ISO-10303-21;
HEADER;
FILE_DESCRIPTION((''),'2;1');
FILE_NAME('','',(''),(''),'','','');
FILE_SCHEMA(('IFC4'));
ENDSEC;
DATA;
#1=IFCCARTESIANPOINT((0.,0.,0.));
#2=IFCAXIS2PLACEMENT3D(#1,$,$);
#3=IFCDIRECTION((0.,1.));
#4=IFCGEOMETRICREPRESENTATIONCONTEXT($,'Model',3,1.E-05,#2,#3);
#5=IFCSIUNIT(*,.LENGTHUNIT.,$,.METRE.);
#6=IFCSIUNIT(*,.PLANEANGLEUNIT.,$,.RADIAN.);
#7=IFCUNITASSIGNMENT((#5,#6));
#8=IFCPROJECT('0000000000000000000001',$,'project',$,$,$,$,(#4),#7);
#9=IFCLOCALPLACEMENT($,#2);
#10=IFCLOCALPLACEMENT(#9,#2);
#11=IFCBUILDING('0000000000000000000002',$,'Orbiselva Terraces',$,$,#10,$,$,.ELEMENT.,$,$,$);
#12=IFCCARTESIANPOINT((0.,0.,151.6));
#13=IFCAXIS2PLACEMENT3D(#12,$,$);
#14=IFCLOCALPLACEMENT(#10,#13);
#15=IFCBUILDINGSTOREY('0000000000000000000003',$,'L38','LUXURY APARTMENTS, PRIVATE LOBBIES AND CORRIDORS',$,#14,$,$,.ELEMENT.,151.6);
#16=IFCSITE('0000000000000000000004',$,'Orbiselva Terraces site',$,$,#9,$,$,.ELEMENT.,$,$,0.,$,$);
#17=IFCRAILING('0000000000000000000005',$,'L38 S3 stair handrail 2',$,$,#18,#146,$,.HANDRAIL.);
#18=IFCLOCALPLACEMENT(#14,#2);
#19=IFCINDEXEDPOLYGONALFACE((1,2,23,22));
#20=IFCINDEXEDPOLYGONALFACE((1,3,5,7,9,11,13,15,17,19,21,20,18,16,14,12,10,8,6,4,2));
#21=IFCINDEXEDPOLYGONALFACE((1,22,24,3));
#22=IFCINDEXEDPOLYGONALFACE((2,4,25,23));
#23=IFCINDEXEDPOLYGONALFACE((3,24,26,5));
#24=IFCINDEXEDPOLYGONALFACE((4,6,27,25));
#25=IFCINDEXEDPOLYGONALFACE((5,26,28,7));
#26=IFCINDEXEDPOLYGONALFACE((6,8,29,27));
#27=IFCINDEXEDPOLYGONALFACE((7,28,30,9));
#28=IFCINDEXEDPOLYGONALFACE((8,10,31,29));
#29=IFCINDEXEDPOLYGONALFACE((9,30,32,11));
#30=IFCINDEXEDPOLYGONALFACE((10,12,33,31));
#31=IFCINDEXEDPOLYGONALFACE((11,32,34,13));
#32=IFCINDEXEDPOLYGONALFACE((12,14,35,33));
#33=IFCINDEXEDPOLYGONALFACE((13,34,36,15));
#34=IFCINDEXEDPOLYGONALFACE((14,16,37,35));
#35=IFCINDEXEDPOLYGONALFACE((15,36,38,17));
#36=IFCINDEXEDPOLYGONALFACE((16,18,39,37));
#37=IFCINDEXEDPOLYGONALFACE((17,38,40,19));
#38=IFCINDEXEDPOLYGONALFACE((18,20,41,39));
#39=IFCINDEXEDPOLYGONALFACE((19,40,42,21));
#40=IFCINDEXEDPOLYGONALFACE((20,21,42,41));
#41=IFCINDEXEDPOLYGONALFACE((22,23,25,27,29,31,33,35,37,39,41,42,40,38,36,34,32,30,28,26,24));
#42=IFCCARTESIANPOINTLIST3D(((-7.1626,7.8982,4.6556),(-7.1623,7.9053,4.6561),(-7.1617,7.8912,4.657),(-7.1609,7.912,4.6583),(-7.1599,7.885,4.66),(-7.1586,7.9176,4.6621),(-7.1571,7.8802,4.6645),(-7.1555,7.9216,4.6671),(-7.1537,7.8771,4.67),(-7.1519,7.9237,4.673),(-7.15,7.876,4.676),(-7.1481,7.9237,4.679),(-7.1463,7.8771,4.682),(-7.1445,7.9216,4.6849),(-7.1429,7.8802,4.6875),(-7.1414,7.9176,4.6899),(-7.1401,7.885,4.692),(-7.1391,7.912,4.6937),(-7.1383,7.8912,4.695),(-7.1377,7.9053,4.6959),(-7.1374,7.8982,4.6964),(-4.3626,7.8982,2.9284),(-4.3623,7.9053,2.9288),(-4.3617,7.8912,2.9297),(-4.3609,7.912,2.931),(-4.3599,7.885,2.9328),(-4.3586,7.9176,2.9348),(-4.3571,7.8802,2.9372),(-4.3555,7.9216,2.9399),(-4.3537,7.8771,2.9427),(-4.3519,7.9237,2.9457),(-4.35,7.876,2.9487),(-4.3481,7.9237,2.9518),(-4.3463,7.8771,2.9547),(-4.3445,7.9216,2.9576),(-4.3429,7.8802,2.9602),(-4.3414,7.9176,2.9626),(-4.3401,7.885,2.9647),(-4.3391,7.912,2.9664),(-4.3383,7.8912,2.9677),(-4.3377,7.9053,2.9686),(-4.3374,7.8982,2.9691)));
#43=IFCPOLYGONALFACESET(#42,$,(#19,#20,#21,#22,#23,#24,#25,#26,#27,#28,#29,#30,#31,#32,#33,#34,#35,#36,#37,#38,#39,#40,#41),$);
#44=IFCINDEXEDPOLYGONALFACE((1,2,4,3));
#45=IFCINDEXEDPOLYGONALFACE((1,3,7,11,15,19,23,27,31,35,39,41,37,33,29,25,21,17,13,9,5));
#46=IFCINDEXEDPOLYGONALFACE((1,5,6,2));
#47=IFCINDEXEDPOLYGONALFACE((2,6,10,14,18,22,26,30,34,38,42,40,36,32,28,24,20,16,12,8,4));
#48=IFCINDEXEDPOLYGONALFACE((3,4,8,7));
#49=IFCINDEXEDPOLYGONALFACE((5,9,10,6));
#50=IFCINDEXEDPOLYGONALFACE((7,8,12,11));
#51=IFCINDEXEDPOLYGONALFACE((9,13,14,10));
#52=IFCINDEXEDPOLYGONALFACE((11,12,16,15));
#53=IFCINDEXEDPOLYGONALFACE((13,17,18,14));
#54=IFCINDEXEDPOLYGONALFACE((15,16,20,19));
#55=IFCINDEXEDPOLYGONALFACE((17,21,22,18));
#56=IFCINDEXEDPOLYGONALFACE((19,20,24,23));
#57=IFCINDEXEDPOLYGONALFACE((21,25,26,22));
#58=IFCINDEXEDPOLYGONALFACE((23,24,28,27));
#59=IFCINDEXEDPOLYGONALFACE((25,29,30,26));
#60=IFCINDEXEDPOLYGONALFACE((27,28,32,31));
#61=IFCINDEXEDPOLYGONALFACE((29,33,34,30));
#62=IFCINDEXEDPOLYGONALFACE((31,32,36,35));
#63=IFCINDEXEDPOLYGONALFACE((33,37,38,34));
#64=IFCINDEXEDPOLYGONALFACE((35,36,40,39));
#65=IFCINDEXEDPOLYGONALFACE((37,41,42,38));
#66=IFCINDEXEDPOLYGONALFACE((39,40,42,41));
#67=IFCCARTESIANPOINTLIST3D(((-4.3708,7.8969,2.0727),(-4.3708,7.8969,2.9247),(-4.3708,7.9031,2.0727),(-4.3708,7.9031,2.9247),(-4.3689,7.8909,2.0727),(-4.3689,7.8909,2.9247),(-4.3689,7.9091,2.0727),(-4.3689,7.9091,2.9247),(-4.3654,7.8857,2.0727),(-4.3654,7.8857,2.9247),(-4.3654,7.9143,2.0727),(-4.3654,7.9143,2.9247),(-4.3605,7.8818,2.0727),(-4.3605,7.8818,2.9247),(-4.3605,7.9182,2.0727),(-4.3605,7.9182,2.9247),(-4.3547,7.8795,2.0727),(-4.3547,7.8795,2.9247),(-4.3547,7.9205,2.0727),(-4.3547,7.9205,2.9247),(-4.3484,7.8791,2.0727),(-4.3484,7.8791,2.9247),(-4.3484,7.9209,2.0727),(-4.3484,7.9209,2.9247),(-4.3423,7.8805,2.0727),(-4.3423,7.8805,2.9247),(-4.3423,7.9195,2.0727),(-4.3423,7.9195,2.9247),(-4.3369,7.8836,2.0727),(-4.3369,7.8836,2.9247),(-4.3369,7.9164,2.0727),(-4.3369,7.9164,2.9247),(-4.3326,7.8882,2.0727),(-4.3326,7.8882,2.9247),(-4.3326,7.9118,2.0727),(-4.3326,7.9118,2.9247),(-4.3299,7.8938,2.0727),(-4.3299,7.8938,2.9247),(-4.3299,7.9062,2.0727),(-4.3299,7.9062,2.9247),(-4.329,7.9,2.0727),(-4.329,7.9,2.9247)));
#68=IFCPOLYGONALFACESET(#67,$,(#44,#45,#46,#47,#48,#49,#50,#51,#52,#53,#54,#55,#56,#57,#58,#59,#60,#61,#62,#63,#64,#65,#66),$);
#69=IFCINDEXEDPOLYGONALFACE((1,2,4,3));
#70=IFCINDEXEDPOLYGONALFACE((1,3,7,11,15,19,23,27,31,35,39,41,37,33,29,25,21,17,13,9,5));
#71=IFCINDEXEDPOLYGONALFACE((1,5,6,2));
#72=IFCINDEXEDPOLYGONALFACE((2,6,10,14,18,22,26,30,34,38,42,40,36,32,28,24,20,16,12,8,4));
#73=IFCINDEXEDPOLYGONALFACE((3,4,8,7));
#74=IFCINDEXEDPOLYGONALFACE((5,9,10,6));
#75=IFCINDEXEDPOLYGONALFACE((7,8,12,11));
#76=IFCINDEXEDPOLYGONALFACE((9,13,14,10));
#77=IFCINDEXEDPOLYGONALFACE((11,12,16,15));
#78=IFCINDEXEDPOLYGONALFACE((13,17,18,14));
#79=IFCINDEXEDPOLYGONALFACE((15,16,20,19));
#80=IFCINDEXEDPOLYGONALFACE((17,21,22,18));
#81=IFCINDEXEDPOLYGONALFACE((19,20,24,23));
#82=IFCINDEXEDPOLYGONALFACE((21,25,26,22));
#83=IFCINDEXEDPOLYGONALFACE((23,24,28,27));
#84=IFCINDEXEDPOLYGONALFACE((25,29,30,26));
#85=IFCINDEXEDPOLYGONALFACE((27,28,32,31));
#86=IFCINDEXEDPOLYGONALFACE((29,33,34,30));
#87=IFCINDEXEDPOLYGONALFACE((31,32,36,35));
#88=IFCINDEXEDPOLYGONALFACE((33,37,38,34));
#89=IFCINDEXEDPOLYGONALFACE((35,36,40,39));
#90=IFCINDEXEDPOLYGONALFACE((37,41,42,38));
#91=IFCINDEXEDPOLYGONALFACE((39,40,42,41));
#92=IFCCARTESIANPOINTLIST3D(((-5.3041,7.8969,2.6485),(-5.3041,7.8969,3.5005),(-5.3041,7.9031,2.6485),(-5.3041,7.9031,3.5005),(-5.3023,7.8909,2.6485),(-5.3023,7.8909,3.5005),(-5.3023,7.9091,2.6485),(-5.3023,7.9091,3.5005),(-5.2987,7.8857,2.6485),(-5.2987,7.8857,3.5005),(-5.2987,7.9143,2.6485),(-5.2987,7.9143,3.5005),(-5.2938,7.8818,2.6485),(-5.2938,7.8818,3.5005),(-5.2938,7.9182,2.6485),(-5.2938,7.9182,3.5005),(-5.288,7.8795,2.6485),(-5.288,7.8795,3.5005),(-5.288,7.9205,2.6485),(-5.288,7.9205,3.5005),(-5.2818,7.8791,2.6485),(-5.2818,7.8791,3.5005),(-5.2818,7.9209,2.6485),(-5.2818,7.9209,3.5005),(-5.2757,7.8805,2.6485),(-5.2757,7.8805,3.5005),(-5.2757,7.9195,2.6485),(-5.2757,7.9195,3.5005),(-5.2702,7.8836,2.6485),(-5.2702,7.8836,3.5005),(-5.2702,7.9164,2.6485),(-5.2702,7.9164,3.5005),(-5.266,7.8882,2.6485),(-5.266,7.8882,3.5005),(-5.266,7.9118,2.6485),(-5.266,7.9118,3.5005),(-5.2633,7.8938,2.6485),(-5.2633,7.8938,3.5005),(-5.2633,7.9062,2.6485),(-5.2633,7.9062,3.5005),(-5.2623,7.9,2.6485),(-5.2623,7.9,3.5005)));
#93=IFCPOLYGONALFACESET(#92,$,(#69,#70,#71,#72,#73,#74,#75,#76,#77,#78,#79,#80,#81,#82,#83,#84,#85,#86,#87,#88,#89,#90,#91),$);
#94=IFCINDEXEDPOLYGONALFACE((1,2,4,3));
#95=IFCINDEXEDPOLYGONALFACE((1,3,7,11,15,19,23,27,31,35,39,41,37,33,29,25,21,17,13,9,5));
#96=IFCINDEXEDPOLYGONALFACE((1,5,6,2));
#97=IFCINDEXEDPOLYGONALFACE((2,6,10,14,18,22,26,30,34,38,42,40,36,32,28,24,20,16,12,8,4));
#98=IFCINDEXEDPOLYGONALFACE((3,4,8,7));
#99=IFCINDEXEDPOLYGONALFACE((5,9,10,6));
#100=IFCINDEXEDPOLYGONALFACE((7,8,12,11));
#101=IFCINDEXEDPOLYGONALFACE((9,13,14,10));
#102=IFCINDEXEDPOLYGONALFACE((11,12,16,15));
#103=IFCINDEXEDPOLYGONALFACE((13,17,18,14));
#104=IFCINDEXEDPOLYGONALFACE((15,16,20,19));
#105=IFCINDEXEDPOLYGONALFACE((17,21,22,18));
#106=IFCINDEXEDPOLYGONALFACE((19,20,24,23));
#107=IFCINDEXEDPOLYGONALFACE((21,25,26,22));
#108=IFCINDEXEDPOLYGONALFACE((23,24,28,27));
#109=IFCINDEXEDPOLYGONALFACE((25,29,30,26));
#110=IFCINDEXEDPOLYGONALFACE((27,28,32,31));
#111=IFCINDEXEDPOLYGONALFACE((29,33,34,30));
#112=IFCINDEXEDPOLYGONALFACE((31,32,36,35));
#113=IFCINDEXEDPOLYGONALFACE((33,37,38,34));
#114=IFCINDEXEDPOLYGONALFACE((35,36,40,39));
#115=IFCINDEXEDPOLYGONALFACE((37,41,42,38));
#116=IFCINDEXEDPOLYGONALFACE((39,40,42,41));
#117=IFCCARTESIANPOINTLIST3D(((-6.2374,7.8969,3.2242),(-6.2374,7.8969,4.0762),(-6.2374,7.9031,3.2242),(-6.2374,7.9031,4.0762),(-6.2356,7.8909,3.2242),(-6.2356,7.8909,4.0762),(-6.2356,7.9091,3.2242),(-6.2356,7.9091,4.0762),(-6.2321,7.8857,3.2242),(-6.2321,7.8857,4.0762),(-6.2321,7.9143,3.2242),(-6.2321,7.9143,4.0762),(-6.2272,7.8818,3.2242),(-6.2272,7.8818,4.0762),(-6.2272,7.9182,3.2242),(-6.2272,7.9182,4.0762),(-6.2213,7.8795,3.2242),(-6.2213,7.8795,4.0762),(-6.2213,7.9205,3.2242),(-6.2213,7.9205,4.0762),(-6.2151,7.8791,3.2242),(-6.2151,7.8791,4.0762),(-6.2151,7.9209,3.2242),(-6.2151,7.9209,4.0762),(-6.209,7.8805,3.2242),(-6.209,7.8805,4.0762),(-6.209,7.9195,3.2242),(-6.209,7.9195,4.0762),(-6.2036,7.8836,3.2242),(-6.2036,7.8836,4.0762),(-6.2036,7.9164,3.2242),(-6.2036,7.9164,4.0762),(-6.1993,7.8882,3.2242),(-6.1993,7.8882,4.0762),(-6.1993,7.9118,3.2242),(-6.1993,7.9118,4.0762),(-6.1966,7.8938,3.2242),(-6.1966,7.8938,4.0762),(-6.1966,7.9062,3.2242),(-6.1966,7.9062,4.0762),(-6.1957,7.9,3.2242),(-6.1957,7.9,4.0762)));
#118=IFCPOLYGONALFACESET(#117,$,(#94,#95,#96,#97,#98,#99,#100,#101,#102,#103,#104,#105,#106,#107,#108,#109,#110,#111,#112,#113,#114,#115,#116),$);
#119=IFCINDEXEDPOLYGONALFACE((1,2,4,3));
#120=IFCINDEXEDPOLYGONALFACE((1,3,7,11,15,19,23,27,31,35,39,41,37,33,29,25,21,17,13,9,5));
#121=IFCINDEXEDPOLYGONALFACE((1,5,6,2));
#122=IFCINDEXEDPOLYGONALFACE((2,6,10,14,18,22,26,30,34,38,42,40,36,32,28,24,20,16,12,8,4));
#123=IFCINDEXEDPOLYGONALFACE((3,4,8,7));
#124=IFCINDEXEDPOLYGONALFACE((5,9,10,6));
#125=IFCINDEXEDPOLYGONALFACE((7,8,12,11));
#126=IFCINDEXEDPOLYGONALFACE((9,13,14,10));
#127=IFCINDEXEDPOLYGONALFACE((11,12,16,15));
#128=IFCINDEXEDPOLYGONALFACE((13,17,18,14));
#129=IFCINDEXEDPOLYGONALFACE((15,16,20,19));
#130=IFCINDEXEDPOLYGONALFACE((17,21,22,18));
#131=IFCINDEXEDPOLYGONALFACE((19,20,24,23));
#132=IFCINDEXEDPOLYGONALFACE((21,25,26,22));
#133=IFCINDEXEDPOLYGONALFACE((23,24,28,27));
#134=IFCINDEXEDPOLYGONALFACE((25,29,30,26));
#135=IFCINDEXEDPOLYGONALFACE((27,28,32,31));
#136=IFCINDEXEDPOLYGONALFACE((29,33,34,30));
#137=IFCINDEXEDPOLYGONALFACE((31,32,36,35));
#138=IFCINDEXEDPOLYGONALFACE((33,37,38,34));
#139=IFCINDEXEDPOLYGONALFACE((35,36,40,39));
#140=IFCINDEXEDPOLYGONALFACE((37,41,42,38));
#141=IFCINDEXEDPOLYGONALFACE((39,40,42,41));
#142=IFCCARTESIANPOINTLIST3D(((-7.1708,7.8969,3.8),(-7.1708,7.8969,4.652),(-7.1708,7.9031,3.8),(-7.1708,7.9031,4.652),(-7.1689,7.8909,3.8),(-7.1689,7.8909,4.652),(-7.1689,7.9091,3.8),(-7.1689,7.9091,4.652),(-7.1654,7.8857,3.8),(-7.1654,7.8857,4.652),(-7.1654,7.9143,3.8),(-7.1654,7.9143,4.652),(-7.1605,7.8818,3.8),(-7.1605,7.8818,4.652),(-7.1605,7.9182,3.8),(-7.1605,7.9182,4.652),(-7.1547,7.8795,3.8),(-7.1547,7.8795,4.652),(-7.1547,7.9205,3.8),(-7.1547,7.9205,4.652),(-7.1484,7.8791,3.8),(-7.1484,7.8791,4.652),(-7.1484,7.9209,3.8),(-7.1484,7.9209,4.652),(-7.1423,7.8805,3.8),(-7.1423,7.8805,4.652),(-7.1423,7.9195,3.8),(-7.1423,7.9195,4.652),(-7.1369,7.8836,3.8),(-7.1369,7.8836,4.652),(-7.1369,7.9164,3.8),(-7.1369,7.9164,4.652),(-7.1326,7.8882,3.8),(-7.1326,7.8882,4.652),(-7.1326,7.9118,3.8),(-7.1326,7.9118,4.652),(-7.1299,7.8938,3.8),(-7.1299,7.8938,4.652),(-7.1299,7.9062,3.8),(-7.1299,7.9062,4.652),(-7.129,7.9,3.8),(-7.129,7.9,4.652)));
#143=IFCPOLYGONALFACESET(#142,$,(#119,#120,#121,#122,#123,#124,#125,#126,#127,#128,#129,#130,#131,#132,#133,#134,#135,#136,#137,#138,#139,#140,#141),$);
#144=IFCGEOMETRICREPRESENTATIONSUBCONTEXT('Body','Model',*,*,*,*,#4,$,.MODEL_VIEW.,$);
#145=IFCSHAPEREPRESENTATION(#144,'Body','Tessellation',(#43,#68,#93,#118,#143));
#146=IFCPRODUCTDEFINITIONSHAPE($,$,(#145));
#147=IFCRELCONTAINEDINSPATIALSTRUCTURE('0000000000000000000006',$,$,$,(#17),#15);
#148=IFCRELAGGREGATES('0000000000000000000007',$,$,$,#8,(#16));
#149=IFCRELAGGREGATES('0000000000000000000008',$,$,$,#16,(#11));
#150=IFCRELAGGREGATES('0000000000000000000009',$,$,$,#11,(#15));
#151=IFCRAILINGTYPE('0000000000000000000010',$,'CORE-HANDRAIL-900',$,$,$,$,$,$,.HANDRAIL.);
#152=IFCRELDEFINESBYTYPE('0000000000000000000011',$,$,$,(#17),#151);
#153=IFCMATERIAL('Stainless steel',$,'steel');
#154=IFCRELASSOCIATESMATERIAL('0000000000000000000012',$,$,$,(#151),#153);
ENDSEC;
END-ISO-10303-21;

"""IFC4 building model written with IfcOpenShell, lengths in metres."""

from ifc_helpers import new_model, si_unit, direction, frame, origin, origin_2d, place, context, subcontext, project, spatial, circle, extrude, material, type_object, element, save


model = new_model("IFC4")

# Units and contexts
model_context = context("Model", 3, precision=1e-05, world=origin(), true_north=direction((0.0, 1.0)))
body_context = subcontext(model_context, "Body", "Model", "MODEL_VIEW")
ifc_project = project(units=[si_unit("LENGTHUNIT", "METRE"), si_unit("PLANEANGLEUNIT", "RADIAN")], contexts=[model_context])

# Site, building, storey
site_placement = place(None, origin())
site = spatial("IfcSite", under=ifc_project, at=site_placement, Name="Orbiselva Terraces site", CompositionType="ELEMENT", RefElevation=0.0)
building_placement = place(site_placement, origin())
building = spatial("IfcBuilding", under=site, at=building_placement, Name="Orbiselva Terraces", CompositionType="ELEMENT")
storey_placement = place(building_placement, frame((0.0, 0.0, 151.6)))
storey = spatial("IfcBuildingStorey", under=building, at=storey_placement, Name="L38", Description="LUXURY APARTMENTS, PRIVATE LOBBIES AND CORRIDORS", CompositionType="ELEMENT", Elevation=151.6)

# Railing
ifc_material_1 = material(Name="Stainless steel", Category="steel")
railing_type_1 = type_object("IfcRailingType", Name="CORE-HANDRAIL-900", PredefinedType="HANDRAIL", material=ifc_material_1)
railing_1_placement = place(storey_placement, frame((-4.35, 7.9, 2.0727)))
element("IfcRailing", 1, at=railing_1_placement, inside=storey, type_object=railing_type_1, Name="L38 S3 stair handrail 2", PredefinedType="HANDRAIL", context=body_context, shape_type="SweptSolid", body=[
    extrude(circle(Radius=0.024, at=origin_2d()), frame((0.0, 0.0, 0.876), z_axis=(-0.851089, 0.0, 0.525022), x_axis=(0.0, -1.0, 0.0)), (0.0, 0.0, 1.0), 3.2899),
    extrude(circle(Radius=0.021, at=origin_2d()), origin(), (0.0, 0.0, 1.0), 0.852),
    extrude(circle(Radius=0.021, at=origin_2d()), frame((-0.9333, 0.0, 0.5758)), (0.0, 0.0, 1.0), 0.852),
    extrude(circle(Radius=0.021, at=origin_2d()), frame((-1.8667, 0.0, 1.1515)), (0.0, 0.0, 1.0), 0.852),
    extrude(circle(Radius=0.021, at=origin_2d()), frame((-2.8, 0.0, 1.7273)), (0.0, 0.0, 1.0), 0.852),
])

save(model, "model.ifc")
